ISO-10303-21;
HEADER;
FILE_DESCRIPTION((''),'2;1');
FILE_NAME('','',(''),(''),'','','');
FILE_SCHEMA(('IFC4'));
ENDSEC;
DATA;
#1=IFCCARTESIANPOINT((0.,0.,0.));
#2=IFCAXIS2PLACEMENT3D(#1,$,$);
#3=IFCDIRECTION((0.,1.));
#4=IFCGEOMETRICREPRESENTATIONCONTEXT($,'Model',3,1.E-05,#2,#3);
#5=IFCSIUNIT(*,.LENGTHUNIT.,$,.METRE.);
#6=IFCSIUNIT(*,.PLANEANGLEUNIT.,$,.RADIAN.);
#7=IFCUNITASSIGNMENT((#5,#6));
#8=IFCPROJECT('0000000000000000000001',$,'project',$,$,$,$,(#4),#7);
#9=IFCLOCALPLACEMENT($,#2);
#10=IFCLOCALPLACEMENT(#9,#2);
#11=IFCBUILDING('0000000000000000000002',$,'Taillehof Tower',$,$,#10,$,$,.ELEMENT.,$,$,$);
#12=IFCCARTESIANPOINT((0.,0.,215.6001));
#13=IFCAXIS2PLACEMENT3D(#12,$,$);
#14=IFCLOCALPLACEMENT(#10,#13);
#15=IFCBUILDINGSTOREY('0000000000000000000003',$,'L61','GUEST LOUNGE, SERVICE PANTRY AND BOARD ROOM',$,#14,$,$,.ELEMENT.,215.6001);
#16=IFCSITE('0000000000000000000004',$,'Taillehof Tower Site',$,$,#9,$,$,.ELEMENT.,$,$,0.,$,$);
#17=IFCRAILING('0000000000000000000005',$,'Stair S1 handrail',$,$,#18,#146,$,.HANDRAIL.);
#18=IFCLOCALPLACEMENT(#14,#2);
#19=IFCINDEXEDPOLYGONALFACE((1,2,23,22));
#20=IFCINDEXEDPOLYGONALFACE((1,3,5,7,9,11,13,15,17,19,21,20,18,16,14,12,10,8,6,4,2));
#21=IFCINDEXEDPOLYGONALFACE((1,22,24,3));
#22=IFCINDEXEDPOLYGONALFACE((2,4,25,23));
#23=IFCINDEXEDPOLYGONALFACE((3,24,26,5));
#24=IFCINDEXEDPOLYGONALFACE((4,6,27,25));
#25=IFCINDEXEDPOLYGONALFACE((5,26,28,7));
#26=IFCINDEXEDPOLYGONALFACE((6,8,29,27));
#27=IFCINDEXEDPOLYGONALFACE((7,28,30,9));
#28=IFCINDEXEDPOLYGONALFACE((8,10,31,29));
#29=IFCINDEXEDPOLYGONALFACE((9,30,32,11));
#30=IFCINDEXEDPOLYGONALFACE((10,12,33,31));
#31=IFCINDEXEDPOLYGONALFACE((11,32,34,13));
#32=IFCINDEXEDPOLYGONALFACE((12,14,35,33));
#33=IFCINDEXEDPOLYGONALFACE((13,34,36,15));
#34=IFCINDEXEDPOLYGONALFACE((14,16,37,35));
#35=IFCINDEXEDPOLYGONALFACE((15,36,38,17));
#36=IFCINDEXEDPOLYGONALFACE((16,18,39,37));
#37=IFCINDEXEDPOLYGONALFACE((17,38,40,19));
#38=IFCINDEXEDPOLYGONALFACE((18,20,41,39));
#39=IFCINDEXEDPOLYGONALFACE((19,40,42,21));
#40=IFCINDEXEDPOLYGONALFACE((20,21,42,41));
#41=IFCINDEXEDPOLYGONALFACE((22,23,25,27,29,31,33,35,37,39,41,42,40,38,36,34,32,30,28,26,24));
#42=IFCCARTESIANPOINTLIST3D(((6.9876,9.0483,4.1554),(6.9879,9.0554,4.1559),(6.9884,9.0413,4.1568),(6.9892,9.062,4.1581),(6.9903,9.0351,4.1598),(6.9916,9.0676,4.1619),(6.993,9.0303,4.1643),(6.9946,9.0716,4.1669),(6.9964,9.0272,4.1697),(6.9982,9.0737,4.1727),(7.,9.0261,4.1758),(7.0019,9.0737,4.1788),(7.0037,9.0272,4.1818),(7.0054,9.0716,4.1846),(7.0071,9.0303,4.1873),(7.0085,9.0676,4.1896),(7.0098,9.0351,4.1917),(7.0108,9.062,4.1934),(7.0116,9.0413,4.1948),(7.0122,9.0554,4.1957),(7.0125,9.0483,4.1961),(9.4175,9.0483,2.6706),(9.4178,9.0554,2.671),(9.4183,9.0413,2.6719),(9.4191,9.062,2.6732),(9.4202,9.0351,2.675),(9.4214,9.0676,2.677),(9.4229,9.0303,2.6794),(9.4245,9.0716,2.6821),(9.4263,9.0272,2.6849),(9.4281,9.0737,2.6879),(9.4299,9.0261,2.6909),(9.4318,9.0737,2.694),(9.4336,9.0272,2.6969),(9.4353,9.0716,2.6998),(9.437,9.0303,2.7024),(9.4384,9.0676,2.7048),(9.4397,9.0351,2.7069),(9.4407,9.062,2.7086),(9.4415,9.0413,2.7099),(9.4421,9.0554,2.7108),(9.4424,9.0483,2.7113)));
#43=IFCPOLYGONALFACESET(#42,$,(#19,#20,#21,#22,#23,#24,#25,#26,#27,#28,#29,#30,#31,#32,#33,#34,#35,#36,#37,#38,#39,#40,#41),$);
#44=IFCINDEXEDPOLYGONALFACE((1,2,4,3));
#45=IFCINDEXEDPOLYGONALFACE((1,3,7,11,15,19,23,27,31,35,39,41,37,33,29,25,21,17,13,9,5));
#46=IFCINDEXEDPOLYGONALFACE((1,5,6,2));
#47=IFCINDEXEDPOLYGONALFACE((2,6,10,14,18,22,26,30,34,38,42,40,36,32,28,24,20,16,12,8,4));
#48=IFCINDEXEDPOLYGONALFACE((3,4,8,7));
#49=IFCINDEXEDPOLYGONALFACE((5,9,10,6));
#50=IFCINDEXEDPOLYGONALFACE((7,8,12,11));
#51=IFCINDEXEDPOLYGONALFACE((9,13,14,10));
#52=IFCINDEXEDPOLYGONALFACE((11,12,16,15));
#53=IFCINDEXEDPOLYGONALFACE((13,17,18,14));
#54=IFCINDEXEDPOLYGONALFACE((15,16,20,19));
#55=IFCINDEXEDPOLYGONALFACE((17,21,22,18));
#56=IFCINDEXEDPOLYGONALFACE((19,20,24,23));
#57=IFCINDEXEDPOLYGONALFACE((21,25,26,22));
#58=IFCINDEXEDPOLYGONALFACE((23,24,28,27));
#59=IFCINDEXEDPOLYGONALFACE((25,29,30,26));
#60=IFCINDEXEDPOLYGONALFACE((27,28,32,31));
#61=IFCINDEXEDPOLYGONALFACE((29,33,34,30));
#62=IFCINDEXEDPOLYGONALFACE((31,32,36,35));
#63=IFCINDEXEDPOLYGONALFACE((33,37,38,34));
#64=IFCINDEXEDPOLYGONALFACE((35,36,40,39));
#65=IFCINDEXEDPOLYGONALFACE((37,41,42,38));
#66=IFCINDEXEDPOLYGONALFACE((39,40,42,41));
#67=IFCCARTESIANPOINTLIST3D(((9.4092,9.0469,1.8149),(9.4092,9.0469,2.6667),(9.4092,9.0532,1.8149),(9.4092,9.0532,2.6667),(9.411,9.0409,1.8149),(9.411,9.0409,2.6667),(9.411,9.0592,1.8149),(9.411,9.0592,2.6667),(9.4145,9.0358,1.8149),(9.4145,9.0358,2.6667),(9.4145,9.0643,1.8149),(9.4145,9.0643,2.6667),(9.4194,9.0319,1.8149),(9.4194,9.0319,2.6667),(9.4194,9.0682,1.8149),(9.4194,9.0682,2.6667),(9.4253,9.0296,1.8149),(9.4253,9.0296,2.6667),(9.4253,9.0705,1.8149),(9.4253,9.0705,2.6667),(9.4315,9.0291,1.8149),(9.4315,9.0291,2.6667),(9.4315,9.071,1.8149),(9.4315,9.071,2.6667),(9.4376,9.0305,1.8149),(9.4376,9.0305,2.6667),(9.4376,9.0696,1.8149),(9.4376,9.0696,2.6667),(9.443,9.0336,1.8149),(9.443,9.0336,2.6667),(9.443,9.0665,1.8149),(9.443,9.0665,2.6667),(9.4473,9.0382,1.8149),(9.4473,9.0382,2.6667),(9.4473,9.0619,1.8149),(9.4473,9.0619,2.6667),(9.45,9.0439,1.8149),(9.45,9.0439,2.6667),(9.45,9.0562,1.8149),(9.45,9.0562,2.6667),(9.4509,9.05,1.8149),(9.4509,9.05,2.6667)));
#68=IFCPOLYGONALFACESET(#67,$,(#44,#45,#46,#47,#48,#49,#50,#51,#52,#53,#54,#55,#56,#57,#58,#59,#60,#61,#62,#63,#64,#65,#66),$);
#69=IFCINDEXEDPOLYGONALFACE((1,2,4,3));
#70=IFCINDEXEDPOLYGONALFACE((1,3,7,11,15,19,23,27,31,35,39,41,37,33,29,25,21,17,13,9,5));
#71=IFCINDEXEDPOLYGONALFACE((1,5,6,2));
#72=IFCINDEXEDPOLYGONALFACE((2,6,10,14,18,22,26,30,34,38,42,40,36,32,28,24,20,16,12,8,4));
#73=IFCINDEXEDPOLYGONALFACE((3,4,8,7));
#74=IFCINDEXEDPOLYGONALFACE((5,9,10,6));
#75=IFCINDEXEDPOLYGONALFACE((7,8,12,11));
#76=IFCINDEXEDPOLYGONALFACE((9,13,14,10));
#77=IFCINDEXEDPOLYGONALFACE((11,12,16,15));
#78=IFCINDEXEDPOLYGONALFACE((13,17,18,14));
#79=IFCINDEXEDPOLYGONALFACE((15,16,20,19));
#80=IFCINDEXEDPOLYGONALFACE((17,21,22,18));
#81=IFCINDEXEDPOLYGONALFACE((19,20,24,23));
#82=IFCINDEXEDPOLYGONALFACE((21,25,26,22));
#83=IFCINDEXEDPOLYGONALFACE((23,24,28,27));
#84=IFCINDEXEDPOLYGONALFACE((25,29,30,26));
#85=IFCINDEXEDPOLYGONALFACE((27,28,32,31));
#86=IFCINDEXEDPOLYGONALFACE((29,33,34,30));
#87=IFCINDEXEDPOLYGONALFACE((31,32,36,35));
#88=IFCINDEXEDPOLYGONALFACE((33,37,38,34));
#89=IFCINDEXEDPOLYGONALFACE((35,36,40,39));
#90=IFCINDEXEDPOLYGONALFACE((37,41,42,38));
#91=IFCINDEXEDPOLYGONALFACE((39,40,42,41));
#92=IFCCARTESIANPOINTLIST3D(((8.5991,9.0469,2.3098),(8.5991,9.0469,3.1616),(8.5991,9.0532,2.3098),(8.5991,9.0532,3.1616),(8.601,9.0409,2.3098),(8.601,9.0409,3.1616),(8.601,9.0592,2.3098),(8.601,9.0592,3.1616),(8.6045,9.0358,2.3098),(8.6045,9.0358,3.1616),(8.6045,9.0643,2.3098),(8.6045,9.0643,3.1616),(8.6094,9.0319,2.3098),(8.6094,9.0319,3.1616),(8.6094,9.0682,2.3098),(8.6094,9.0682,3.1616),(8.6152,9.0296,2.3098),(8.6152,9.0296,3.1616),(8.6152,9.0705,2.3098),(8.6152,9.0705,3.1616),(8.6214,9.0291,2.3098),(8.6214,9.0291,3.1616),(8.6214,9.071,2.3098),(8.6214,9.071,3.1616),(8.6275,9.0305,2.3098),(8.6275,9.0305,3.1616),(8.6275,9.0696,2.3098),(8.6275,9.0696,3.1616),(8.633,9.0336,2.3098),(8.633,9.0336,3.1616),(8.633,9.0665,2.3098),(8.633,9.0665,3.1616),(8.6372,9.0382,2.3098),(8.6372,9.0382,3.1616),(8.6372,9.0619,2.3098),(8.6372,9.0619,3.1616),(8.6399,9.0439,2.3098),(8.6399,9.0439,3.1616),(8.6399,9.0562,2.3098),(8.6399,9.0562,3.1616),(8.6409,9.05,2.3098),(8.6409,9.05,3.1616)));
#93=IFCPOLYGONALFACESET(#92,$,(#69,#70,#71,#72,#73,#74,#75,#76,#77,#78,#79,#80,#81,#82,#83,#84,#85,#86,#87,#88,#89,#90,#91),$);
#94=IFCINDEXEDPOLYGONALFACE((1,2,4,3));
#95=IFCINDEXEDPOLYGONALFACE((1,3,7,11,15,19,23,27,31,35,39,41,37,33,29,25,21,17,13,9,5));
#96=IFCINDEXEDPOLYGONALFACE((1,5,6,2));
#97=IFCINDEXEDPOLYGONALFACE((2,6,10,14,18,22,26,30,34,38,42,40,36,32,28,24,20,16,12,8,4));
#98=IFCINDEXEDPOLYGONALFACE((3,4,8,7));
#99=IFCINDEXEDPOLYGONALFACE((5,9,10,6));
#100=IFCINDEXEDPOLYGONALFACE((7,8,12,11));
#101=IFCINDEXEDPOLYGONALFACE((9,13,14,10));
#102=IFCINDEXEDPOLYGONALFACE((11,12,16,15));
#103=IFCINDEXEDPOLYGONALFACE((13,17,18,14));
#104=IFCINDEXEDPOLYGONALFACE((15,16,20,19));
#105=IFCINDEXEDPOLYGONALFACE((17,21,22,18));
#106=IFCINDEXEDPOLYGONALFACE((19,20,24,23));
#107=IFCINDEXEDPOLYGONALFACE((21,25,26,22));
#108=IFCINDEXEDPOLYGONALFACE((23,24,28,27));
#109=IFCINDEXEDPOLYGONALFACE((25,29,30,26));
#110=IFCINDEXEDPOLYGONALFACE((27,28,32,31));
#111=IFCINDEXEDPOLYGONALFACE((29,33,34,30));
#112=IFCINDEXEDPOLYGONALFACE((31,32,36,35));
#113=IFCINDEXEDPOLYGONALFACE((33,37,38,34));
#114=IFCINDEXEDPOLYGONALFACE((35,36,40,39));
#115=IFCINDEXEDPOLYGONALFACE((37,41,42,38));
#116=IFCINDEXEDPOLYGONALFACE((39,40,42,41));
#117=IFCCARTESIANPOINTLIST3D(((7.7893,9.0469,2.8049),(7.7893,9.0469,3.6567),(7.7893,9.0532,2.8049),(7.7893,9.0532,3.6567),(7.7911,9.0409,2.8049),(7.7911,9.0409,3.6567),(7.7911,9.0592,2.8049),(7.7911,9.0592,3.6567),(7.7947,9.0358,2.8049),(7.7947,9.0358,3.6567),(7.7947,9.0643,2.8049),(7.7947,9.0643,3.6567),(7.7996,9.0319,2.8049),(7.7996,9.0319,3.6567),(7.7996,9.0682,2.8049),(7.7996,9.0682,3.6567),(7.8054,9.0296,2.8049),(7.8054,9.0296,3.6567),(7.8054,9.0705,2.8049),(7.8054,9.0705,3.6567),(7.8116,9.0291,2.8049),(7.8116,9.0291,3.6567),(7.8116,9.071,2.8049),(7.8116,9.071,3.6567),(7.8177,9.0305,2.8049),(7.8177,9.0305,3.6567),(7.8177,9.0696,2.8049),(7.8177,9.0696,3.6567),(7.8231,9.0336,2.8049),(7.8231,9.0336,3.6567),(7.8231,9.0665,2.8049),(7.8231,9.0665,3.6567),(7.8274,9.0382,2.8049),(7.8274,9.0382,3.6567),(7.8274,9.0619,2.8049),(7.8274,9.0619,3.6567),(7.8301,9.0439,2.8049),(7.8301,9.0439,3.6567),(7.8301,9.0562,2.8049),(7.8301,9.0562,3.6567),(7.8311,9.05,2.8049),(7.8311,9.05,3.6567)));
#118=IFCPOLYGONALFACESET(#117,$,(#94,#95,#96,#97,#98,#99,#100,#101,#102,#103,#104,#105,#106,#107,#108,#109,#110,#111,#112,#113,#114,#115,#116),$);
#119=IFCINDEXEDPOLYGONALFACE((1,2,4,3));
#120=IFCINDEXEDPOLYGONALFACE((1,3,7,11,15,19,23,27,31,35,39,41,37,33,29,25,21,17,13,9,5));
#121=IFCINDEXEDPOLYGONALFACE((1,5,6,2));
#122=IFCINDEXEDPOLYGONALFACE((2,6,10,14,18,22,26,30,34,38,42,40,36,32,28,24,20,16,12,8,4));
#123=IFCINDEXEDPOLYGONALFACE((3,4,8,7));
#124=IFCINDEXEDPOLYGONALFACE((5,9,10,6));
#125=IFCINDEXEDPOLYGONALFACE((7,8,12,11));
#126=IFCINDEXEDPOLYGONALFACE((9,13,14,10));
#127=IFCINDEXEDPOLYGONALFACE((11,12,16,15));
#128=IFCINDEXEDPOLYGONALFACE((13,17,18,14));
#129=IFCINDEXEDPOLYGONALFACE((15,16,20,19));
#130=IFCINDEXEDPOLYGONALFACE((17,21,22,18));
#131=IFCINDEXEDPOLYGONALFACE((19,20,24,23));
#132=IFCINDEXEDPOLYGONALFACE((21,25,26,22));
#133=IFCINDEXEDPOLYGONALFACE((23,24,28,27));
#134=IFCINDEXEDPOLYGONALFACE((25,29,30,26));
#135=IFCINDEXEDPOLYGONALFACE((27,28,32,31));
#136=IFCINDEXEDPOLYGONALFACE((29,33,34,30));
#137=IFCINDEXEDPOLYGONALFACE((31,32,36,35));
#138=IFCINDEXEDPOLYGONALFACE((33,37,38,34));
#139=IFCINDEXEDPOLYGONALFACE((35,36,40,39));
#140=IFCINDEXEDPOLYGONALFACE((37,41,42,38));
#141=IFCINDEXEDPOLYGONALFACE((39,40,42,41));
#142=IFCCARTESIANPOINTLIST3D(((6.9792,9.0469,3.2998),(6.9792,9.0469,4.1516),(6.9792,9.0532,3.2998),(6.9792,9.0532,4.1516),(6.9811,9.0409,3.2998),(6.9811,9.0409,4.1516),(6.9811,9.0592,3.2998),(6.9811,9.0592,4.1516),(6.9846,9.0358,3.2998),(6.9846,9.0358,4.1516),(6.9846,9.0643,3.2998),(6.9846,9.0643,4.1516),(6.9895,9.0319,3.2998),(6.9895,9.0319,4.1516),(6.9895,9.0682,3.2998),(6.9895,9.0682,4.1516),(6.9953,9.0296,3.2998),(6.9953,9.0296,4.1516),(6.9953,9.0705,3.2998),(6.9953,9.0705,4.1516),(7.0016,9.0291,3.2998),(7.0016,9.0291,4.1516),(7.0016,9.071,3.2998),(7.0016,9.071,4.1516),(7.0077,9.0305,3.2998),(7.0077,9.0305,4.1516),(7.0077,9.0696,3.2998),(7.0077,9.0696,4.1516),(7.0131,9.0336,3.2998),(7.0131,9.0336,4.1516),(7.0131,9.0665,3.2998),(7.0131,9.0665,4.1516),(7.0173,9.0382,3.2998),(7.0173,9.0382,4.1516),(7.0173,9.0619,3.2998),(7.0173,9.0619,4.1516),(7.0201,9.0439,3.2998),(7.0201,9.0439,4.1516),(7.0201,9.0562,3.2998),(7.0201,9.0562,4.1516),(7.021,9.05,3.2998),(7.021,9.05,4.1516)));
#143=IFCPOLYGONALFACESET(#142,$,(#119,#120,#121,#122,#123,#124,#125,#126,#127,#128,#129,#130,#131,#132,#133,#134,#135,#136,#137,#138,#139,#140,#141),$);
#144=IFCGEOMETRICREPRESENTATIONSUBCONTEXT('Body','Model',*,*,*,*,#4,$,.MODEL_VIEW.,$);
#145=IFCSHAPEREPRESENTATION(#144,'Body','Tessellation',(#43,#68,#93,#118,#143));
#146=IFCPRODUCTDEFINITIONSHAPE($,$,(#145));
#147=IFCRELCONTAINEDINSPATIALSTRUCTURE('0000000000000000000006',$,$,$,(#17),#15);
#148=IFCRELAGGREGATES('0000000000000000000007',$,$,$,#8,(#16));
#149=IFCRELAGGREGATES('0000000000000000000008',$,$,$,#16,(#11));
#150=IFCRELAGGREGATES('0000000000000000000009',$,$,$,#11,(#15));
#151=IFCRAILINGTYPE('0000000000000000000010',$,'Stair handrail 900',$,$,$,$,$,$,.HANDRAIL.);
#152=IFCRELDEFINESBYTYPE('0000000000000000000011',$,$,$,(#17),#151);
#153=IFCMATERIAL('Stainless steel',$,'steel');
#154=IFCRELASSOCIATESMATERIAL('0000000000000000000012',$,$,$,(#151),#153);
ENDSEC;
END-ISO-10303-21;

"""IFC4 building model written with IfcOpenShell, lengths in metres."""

from ifc_helpers import new_model, si_unit, direction, frame, origin, origin_2d, place, context, subcontext, project, spatial, circle, extrude, material, type_object, element, save


model = new_model("IFC4")

# Units and contexts
model_context = context("Model", 3, precision=1e-05, world=origin(), true_north=direction((0.0, 1.0)))
body_context = subcontext(model_context, "Body", "Model", "MODEL_VIEW")
ifc_project = project(units=[si_unit("LENGTHUNIT", "METRE"), si_unit("PLANEANGLEUNIT", "RADIAN")], contexts=[model_context])

# Site, building, storey
site_placement = place(None, origin())
site = spatial("IfcSite", under=ifc_project, at=site_placement, Name="Taillehof Tower Site", CompositionType="ELEMENT", RefElevation=0.0)
building_placement = place(site_placement, origin())
building = spatial("IfcBuilding", under=site, at=building_placement, Name="Taillehof Tower", CompositionType="ELEMENT")
storey_placement = place(building_placement, frame((0.0, 0.0, 215.6001)))
storey = spatial("IfcBuildingStorey", under=building, at=storey_placement, Name="L61", Description="GUEST LOUNGE, SERVICE PANTRY AND BOARD ROOM", CompositionType="ELEMENT", Elevation=215.6001)

# Railing
ifc_material_1 = material(Name="Stainless steel", Category="steel")
railing_type = type_object("IfcRailingType", Name="Stair handrail 900", PredefinedType="HANDRAIL", material=ifc_material_1)
railing_placement = place(storey_placement, frame((9.4299, 9.05, 1.8149)))
element("IfcRailing", 1, at=railing_placement, inside=storey, type_object=railing_type, Name="Stair S1 handrail", PredefinedType="HANDRAIL", context=body_context, shape_type="SweptSolid", body=[
    extrude(circle(Radius=0.0239, at=origin_2d()), frame((0.0, 0.0, 0.876), z_axis=(-0.853297, 0.0, 0.521426), x_axis=(0.0, -1.0, 0.0)), (0.0, 0.0, 1.0), 2.8477),
    extrude(circle(Radius=0.021, at=origin_2d()), origin(), (0.0, 0.0, 1.0), 0.8518),
    extrude(circle(Radius=0.021, at=origin_2d()), frame((-0.8101, 0.0, 0.4949)), (0.0, 0.0, 1.0), 0.8518),
    extrude(circle(Radius=0.021, at=origin_2d()), frame((-1.6199, 0.0, 0.99)), (0.0, 0.0, 1.0), 0.8518),
    extrude(circle(Radius=0.021, at=origin_2d()), frame((-2.4299, 0.0, 1.4849)), (0.0, 0.0, 1.0), 0.8518),
])

save(model, "model.ifc")
